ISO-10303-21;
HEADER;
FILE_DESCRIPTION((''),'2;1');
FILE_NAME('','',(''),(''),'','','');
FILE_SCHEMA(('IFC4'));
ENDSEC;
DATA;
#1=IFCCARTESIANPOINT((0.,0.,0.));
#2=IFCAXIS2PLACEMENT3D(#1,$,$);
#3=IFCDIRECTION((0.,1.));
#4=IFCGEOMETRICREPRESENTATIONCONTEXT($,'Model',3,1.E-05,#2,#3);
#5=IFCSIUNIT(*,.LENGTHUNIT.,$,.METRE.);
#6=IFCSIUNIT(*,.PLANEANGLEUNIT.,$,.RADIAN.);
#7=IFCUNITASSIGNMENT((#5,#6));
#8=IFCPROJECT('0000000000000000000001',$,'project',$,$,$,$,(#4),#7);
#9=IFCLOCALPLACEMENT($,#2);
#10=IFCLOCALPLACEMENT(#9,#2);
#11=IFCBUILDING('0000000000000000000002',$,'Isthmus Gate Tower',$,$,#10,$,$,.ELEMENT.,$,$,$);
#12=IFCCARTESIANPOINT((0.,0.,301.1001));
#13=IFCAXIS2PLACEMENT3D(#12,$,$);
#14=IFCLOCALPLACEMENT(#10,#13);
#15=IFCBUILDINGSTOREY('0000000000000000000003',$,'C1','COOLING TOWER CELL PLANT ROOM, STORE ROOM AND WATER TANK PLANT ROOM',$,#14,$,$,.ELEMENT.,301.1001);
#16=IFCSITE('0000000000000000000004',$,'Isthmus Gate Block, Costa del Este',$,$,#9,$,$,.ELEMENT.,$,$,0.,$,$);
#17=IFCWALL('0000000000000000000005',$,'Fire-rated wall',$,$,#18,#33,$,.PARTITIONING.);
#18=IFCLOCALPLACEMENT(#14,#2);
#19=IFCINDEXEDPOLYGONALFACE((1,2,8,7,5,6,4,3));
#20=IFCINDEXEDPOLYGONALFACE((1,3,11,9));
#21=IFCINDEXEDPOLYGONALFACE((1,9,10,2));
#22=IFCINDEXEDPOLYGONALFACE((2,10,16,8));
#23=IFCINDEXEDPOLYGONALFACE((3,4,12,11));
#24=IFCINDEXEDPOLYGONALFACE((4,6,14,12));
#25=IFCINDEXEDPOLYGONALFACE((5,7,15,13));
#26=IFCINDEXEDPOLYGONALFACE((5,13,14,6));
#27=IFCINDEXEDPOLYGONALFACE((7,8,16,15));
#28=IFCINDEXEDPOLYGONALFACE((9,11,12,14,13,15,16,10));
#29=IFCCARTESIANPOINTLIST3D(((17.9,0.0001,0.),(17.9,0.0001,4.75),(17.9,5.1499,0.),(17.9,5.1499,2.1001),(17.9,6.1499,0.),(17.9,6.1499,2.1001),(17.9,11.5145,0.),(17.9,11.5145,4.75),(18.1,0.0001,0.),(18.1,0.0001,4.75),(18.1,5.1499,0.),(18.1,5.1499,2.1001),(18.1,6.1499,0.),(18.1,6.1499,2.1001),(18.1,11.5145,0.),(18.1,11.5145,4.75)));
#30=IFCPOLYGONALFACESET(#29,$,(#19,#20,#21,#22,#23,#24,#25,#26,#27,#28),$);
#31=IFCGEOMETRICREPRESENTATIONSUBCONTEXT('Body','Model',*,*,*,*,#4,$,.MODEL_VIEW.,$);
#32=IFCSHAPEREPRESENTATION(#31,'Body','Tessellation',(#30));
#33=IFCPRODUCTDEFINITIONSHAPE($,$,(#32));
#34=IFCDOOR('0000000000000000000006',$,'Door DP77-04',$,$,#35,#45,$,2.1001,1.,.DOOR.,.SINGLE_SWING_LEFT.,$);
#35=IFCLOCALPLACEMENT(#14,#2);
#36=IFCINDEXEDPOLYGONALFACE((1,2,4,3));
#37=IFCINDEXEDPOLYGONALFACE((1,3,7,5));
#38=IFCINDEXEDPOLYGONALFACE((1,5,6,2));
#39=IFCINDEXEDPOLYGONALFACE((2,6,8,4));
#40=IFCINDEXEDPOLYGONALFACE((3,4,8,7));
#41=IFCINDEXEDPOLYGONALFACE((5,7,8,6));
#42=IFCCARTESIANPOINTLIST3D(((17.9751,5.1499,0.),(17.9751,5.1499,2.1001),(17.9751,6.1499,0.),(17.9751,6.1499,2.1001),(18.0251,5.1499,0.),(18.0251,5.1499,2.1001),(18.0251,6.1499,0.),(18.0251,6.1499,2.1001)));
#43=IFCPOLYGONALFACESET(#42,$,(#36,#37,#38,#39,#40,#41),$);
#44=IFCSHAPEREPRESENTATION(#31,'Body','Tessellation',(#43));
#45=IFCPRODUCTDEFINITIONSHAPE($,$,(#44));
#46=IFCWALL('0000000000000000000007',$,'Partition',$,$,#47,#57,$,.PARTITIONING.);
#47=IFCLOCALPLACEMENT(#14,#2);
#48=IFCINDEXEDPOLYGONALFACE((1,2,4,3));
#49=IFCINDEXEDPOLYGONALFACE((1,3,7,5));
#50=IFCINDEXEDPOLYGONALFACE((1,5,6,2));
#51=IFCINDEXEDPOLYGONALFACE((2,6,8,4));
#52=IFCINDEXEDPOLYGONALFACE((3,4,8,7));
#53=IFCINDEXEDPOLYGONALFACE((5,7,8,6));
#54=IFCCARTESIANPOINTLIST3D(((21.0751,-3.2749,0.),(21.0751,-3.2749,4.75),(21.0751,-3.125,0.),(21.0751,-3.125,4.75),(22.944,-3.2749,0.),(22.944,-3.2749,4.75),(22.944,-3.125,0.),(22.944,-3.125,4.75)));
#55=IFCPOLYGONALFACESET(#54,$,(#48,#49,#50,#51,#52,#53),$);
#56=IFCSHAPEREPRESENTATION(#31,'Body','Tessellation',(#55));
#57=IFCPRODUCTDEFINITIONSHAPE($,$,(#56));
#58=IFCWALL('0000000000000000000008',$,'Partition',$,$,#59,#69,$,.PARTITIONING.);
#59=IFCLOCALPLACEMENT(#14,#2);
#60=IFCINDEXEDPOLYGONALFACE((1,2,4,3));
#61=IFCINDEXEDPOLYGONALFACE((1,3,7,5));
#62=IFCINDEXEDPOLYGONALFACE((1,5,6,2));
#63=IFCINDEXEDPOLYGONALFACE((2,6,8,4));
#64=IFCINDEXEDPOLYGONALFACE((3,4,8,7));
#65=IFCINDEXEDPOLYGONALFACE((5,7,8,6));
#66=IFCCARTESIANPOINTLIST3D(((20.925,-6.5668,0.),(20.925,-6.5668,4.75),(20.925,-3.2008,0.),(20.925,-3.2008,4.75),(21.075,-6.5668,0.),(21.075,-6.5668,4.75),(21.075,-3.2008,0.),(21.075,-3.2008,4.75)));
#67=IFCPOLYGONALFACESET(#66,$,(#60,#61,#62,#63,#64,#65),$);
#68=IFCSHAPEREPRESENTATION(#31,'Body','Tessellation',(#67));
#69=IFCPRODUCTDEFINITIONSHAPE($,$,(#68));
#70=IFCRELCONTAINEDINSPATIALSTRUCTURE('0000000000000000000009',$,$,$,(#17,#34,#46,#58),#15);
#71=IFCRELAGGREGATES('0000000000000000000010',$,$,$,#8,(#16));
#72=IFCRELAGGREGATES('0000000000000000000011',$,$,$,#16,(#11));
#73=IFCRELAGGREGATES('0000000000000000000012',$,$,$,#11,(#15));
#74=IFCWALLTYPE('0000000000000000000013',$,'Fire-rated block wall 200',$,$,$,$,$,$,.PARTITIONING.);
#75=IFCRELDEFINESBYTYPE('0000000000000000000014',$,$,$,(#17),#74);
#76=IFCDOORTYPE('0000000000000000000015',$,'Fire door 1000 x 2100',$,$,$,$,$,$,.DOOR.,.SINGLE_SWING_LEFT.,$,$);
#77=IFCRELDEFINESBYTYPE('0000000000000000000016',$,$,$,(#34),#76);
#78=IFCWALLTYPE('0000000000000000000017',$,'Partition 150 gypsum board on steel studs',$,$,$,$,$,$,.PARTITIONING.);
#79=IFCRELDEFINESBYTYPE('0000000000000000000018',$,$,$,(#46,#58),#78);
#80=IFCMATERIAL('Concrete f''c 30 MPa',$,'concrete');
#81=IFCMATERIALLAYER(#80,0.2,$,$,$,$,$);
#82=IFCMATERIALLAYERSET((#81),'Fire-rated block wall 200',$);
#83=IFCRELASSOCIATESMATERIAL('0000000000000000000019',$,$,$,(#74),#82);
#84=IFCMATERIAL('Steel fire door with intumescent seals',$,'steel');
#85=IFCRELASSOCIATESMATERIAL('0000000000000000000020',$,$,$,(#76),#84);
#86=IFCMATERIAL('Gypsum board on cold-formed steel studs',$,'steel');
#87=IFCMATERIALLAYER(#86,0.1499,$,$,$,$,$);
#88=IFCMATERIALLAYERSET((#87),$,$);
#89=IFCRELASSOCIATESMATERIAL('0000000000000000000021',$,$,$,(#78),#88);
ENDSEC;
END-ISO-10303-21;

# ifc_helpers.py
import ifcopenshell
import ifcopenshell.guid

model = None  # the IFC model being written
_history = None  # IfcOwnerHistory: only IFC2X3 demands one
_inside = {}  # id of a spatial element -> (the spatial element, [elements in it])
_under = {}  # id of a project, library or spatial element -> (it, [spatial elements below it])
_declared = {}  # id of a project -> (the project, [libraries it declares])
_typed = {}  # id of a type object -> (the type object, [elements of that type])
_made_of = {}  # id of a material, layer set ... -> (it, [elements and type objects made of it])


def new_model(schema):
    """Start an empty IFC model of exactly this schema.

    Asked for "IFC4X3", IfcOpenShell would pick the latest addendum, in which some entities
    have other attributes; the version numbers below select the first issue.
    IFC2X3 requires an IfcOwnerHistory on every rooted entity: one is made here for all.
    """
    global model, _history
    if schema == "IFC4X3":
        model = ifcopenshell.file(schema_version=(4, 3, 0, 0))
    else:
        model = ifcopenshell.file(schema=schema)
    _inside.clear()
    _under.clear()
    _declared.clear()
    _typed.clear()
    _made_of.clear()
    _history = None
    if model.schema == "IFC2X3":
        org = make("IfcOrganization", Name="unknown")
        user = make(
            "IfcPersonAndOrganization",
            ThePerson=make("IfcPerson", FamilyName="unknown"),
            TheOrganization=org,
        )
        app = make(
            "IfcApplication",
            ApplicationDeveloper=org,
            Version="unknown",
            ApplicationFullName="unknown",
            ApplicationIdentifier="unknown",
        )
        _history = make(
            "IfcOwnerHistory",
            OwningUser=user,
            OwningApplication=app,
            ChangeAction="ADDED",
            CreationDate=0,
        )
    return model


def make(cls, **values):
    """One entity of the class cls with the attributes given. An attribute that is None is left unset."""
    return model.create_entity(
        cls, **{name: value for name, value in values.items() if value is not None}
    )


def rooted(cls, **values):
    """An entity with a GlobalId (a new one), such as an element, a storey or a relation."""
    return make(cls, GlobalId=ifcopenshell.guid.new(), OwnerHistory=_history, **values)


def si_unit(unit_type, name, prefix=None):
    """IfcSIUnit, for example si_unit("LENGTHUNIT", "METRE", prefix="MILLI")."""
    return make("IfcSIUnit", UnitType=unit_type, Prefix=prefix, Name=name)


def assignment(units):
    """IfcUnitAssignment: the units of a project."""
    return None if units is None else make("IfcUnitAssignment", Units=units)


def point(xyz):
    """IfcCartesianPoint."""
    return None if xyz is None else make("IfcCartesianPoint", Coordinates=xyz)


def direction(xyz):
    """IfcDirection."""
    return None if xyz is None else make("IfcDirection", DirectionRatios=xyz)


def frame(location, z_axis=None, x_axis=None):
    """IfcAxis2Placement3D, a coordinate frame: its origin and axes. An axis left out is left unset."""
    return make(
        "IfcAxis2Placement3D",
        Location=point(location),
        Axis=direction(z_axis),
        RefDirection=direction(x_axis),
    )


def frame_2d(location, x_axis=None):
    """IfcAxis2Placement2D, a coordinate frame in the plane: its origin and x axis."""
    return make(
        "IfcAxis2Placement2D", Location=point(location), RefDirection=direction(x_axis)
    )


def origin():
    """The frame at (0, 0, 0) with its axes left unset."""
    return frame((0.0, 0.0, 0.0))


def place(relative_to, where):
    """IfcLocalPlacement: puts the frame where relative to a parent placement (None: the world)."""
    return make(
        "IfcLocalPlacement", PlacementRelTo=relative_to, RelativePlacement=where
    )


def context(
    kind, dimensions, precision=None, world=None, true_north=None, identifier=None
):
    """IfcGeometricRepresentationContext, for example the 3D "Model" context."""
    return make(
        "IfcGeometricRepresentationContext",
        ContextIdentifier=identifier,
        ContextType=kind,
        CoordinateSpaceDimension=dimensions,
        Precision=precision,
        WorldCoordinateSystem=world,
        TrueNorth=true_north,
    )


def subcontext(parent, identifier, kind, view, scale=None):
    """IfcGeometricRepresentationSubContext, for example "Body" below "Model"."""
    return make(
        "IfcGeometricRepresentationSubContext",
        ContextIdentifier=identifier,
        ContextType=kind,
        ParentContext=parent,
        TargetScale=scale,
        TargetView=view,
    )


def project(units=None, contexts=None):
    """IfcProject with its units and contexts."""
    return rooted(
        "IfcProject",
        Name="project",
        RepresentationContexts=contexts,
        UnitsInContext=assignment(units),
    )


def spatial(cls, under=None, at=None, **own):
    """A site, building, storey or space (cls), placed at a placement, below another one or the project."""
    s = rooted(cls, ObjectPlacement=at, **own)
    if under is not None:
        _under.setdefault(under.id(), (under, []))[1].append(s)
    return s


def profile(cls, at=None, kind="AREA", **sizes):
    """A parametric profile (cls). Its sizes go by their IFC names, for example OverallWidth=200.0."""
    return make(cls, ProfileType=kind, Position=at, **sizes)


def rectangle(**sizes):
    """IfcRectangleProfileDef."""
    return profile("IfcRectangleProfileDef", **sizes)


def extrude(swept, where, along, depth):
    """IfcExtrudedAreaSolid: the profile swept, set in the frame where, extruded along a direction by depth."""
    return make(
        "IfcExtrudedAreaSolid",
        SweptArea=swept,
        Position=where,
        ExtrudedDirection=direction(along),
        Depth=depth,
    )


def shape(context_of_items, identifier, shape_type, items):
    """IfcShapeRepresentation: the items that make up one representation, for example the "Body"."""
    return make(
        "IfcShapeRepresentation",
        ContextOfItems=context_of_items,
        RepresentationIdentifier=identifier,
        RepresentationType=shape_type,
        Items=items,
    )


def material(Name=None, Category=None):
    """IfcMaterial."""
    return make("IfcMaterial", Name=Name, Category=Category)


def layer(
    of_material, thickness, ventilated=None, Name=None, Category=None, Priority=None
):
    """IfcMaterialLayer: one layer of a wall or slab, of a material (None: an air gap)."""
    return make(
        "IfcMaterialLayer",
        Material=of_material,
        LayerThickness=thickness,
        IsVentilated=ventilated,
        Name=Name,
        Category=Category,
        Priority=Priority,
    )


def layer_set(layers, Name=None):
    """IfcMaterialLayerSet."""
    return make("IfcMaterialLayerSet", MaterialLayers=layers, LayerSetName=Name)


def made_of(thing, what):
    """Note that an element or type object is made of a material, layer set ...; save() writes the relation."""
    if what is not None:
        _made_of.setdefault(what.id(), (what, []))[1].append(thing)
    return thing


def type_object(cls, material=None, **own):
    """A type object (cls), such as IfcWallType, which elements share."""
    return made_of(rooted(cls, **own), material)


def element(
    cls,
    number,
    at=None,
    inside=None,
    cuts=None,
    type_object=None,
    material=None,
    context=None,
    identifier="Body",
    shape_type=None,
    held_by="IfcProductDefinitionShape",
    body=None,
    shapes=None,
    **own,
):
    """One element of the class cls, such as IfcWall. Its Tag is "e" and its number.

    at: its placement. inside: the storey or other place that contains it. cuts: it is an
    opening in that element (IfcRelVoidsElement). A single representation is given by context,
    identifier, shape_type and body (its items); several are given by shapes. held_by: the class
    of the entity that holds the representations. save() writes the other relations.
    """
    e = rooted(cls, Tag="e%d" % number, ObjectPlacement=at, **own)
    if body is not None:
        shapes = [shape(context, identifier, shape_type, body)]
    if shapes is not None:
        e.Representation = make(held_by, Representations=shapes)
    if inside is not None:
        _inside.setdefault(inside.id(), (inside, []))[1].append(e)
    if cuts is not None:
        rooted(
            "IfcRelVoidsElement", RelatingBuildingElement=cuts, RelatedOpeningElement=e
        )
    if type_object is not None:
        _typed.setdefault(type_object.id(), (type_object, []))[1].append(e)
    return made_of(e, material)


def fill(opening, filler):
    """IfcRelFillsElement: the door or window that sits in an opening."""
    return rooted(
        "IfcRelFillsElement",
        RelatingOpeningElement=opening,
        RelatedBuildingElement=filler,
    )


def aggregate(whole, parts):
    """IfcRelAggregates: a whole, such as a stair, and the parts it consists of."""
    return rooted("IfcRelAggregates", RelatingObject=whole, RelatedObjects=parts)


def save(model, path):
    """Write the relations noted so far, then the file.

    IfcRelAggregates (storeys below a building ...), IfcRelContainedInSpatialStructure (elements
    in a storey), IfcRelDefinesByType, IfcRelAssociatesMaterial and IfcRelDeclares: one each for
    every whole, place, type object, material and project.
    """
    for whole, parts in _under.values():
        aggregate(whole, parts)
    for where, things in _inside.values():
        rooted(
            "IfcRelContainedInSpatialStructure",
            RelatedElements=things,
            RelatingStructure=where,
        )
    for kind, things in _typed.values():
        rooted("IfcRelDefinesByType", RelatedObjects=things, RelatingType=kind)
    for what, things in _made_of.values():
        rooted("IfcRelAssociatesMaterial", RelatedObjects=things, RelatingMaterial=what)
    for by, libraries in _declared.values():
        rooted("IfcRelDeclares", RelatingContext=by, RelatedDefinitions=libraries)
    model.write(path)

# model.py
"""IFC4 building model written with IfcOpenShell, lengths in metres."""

from ifc_helpers import new_model, si_unit, direction, frame, frame_2d, origin, place, context, subcontext, project, spatial, rectangle, extrude, material, layer, layer_set, type_object, element, fill, save


model = new_model("IFC4")

# Units and contexts
model_context = context("Model", 3, precision=1e-05, world=origin(), true_north=direction((0.0, 1.0)))
body_context = subcontext(model_context, "Body", "Model", "MODEL_VIEW")
ifc_project = project(units=[si_unit("LENGTHUNIT", "METRE"), si_unit("PLANEANGLEUNIT", "RADIAN")], contexts=[model_context])

# Site, building, storey
site_placement = place(None, origin())
site = spatial("IfcSite", under=ifc_project, at=site_placement, Name="Isthmus Gate Block, Costa del Este", CompositionType="ELEMENT", RefElevation=0.0)
building_placement = place(site_placement, origin())
building = spatial("IfcBuilding", under=site, at=building_placement, Name="Isthmus Gate Tower", CompositionType="ELEMENT")
storey_placement = place(building_placement, frame((0.0, 0.0, 301.1001)))
storey = spatial("IfcBuildingStorey", under=building, at=storey_placement, Name="C1", Description="COOLING TOWER CELL PLANT ROOM, STORE ROOM AND WATER TANK PLANT ROOM", CompositionType="ELEMENT", Elevation=301.1001)

# Shared definitions
ifc_material_1 = material(Name="Concrete f'c 30 MPa", Category="concrete")
ifc_layer_1 = layer(ifc_material_1, 0.2)
ifc_layer_set_1 = layer_set([ifc_layer_1], Name="Fire-rated block wall 200")
wall_type_1 = type_object("IfcWallType", Name="Fire-rated block wall 200", PredefinedType="PARTITIONING", material=ifc_layer_set_1)

# Wall, opening, door
wall_1_placement = place(storey_placement, frame((18.0, 0.0, 0.0), z_axis=(0.0, 0.0, 1.0), x_axis=(0.0, 1.0, 0.0)))
wall_1 = element("IfcWall", 1, at=wall_1_placement, inside=storey, type_object=wall_type_1, Name="Fire-rated wall", PredefinedType="PARTITIONING", context=body_context, shape_type="SweptSolid", body=[
    extrude(rectangle(XDim=11.5144, YDim=0.2, at=frame_2d((5.7573, 0.0))), origin(), (0.0, 0.0, 1.0), 4.75),
])
opening_placement = place(wall_1_placement, frame((5.1499, 0.0, 0.0)))
opening = element("IfcOpeningElement", 2, at=opening_placement, cuts=wall_1, PredefinedType="OPENING", context=body_context, shape_type="SweptSolid", body=[
    extrude(rectangle(XDim=1.0, YDim=2.1001, at=frame_2d((0.5, 1.05))), frame((0.0, 0.1099, 0.0), z_axis=(0.0, -1.0, 0.0), x_axis=(1.0, 0.0, 0.0)), (0.0, 0.0, 1.0), 0.22),
])
ifc_material_2 = material(Name="Steel fire door with intumescent seals", Category="steel")
door_type = type_object("IfcDoorType", Name="Fire door 1000 x 2100", OperationType="SINGLE_SWING_LEFT", PredefinedType="DOOR", material=ifc_material_2)
door_placement = place(opening_placement, origin())
door = element("IfcDoor", 3, at=door_placement, inside=storey, type_object=door_type, Name="Door DP77-04", OperationType="SINGLE_SWING_LEFT", OverallHeight=2.1001, OverallWidth=1.0, PredefinedType="DOOR", context=body_context, shape_type="SweptSolid", body=[
    extrude(rectangle(XDim=1.0, YDim=2.1001, at=frame_2d((0.5, 1.05))), frame((0.0, 0.0249, 0.0), z_axis=(0.0, -1.0, 0.0), x_axis=(1.0, 0.0, 0.0)), (0.0, 0.0, 1.0), 0.05),
])
fill(opening, door)

# Walls
ifc_material_3 = material(Name="Gypsum board on cold-formed steel studs", Category="steel")
ifc_layer_2 = layer(ifc_material_3, 0.1499)
ifc_layer_set_2 = layer_set([ifc_layer_2])
wall_type_2 = type_object("IfcWallType", Name="Partition 150 gypsum board on steel studs", PredefinedType="PARTITIONING", material=ifc_layer_set_2)
wall_2_placement = place(storey_placement, frame((21.075, -3.2, 0.0), z_axis=(0.0, 0.0, 1.0), x_axis=(1.0, 0.0, 0.0)))
element("IfcWall", 4, at=wall_2_placement, inside=storey, type_object=wall_type_2, Name="Partition", PredefinedType="PARTITIONING", context=body_context, shape_type="SweptSolid", body=[
    extrude(rectangle(XDim=1.8689, YDim=0.1499, at=frame_2d((0.9346, 0.0))), origin(), (0.0, 0.0, 1.0), 4.75),
])
wall_3_placement = place(storey_placement, frame((21.0, -6.5669, 0.0), z_axis=(0.0, 0.0, 1.0), x_axis=(0.0, 1.0, 0.0)))
element("IfcWall", 5, at=wall_3_placement, inside=storey, type_object=wall_type_2, Name="Partition", PredefinedType="PARTITIONING", context=body_context, shape_type="SweptSolid", body=[
    extrude(rectangle(XDim=3.366, YDim=0.1499, at=frame_2d((1.6831, 0.0))), origin(), (0.0, 0.0, 1.0), 4.75),
])

save(model, "model.ifc")
